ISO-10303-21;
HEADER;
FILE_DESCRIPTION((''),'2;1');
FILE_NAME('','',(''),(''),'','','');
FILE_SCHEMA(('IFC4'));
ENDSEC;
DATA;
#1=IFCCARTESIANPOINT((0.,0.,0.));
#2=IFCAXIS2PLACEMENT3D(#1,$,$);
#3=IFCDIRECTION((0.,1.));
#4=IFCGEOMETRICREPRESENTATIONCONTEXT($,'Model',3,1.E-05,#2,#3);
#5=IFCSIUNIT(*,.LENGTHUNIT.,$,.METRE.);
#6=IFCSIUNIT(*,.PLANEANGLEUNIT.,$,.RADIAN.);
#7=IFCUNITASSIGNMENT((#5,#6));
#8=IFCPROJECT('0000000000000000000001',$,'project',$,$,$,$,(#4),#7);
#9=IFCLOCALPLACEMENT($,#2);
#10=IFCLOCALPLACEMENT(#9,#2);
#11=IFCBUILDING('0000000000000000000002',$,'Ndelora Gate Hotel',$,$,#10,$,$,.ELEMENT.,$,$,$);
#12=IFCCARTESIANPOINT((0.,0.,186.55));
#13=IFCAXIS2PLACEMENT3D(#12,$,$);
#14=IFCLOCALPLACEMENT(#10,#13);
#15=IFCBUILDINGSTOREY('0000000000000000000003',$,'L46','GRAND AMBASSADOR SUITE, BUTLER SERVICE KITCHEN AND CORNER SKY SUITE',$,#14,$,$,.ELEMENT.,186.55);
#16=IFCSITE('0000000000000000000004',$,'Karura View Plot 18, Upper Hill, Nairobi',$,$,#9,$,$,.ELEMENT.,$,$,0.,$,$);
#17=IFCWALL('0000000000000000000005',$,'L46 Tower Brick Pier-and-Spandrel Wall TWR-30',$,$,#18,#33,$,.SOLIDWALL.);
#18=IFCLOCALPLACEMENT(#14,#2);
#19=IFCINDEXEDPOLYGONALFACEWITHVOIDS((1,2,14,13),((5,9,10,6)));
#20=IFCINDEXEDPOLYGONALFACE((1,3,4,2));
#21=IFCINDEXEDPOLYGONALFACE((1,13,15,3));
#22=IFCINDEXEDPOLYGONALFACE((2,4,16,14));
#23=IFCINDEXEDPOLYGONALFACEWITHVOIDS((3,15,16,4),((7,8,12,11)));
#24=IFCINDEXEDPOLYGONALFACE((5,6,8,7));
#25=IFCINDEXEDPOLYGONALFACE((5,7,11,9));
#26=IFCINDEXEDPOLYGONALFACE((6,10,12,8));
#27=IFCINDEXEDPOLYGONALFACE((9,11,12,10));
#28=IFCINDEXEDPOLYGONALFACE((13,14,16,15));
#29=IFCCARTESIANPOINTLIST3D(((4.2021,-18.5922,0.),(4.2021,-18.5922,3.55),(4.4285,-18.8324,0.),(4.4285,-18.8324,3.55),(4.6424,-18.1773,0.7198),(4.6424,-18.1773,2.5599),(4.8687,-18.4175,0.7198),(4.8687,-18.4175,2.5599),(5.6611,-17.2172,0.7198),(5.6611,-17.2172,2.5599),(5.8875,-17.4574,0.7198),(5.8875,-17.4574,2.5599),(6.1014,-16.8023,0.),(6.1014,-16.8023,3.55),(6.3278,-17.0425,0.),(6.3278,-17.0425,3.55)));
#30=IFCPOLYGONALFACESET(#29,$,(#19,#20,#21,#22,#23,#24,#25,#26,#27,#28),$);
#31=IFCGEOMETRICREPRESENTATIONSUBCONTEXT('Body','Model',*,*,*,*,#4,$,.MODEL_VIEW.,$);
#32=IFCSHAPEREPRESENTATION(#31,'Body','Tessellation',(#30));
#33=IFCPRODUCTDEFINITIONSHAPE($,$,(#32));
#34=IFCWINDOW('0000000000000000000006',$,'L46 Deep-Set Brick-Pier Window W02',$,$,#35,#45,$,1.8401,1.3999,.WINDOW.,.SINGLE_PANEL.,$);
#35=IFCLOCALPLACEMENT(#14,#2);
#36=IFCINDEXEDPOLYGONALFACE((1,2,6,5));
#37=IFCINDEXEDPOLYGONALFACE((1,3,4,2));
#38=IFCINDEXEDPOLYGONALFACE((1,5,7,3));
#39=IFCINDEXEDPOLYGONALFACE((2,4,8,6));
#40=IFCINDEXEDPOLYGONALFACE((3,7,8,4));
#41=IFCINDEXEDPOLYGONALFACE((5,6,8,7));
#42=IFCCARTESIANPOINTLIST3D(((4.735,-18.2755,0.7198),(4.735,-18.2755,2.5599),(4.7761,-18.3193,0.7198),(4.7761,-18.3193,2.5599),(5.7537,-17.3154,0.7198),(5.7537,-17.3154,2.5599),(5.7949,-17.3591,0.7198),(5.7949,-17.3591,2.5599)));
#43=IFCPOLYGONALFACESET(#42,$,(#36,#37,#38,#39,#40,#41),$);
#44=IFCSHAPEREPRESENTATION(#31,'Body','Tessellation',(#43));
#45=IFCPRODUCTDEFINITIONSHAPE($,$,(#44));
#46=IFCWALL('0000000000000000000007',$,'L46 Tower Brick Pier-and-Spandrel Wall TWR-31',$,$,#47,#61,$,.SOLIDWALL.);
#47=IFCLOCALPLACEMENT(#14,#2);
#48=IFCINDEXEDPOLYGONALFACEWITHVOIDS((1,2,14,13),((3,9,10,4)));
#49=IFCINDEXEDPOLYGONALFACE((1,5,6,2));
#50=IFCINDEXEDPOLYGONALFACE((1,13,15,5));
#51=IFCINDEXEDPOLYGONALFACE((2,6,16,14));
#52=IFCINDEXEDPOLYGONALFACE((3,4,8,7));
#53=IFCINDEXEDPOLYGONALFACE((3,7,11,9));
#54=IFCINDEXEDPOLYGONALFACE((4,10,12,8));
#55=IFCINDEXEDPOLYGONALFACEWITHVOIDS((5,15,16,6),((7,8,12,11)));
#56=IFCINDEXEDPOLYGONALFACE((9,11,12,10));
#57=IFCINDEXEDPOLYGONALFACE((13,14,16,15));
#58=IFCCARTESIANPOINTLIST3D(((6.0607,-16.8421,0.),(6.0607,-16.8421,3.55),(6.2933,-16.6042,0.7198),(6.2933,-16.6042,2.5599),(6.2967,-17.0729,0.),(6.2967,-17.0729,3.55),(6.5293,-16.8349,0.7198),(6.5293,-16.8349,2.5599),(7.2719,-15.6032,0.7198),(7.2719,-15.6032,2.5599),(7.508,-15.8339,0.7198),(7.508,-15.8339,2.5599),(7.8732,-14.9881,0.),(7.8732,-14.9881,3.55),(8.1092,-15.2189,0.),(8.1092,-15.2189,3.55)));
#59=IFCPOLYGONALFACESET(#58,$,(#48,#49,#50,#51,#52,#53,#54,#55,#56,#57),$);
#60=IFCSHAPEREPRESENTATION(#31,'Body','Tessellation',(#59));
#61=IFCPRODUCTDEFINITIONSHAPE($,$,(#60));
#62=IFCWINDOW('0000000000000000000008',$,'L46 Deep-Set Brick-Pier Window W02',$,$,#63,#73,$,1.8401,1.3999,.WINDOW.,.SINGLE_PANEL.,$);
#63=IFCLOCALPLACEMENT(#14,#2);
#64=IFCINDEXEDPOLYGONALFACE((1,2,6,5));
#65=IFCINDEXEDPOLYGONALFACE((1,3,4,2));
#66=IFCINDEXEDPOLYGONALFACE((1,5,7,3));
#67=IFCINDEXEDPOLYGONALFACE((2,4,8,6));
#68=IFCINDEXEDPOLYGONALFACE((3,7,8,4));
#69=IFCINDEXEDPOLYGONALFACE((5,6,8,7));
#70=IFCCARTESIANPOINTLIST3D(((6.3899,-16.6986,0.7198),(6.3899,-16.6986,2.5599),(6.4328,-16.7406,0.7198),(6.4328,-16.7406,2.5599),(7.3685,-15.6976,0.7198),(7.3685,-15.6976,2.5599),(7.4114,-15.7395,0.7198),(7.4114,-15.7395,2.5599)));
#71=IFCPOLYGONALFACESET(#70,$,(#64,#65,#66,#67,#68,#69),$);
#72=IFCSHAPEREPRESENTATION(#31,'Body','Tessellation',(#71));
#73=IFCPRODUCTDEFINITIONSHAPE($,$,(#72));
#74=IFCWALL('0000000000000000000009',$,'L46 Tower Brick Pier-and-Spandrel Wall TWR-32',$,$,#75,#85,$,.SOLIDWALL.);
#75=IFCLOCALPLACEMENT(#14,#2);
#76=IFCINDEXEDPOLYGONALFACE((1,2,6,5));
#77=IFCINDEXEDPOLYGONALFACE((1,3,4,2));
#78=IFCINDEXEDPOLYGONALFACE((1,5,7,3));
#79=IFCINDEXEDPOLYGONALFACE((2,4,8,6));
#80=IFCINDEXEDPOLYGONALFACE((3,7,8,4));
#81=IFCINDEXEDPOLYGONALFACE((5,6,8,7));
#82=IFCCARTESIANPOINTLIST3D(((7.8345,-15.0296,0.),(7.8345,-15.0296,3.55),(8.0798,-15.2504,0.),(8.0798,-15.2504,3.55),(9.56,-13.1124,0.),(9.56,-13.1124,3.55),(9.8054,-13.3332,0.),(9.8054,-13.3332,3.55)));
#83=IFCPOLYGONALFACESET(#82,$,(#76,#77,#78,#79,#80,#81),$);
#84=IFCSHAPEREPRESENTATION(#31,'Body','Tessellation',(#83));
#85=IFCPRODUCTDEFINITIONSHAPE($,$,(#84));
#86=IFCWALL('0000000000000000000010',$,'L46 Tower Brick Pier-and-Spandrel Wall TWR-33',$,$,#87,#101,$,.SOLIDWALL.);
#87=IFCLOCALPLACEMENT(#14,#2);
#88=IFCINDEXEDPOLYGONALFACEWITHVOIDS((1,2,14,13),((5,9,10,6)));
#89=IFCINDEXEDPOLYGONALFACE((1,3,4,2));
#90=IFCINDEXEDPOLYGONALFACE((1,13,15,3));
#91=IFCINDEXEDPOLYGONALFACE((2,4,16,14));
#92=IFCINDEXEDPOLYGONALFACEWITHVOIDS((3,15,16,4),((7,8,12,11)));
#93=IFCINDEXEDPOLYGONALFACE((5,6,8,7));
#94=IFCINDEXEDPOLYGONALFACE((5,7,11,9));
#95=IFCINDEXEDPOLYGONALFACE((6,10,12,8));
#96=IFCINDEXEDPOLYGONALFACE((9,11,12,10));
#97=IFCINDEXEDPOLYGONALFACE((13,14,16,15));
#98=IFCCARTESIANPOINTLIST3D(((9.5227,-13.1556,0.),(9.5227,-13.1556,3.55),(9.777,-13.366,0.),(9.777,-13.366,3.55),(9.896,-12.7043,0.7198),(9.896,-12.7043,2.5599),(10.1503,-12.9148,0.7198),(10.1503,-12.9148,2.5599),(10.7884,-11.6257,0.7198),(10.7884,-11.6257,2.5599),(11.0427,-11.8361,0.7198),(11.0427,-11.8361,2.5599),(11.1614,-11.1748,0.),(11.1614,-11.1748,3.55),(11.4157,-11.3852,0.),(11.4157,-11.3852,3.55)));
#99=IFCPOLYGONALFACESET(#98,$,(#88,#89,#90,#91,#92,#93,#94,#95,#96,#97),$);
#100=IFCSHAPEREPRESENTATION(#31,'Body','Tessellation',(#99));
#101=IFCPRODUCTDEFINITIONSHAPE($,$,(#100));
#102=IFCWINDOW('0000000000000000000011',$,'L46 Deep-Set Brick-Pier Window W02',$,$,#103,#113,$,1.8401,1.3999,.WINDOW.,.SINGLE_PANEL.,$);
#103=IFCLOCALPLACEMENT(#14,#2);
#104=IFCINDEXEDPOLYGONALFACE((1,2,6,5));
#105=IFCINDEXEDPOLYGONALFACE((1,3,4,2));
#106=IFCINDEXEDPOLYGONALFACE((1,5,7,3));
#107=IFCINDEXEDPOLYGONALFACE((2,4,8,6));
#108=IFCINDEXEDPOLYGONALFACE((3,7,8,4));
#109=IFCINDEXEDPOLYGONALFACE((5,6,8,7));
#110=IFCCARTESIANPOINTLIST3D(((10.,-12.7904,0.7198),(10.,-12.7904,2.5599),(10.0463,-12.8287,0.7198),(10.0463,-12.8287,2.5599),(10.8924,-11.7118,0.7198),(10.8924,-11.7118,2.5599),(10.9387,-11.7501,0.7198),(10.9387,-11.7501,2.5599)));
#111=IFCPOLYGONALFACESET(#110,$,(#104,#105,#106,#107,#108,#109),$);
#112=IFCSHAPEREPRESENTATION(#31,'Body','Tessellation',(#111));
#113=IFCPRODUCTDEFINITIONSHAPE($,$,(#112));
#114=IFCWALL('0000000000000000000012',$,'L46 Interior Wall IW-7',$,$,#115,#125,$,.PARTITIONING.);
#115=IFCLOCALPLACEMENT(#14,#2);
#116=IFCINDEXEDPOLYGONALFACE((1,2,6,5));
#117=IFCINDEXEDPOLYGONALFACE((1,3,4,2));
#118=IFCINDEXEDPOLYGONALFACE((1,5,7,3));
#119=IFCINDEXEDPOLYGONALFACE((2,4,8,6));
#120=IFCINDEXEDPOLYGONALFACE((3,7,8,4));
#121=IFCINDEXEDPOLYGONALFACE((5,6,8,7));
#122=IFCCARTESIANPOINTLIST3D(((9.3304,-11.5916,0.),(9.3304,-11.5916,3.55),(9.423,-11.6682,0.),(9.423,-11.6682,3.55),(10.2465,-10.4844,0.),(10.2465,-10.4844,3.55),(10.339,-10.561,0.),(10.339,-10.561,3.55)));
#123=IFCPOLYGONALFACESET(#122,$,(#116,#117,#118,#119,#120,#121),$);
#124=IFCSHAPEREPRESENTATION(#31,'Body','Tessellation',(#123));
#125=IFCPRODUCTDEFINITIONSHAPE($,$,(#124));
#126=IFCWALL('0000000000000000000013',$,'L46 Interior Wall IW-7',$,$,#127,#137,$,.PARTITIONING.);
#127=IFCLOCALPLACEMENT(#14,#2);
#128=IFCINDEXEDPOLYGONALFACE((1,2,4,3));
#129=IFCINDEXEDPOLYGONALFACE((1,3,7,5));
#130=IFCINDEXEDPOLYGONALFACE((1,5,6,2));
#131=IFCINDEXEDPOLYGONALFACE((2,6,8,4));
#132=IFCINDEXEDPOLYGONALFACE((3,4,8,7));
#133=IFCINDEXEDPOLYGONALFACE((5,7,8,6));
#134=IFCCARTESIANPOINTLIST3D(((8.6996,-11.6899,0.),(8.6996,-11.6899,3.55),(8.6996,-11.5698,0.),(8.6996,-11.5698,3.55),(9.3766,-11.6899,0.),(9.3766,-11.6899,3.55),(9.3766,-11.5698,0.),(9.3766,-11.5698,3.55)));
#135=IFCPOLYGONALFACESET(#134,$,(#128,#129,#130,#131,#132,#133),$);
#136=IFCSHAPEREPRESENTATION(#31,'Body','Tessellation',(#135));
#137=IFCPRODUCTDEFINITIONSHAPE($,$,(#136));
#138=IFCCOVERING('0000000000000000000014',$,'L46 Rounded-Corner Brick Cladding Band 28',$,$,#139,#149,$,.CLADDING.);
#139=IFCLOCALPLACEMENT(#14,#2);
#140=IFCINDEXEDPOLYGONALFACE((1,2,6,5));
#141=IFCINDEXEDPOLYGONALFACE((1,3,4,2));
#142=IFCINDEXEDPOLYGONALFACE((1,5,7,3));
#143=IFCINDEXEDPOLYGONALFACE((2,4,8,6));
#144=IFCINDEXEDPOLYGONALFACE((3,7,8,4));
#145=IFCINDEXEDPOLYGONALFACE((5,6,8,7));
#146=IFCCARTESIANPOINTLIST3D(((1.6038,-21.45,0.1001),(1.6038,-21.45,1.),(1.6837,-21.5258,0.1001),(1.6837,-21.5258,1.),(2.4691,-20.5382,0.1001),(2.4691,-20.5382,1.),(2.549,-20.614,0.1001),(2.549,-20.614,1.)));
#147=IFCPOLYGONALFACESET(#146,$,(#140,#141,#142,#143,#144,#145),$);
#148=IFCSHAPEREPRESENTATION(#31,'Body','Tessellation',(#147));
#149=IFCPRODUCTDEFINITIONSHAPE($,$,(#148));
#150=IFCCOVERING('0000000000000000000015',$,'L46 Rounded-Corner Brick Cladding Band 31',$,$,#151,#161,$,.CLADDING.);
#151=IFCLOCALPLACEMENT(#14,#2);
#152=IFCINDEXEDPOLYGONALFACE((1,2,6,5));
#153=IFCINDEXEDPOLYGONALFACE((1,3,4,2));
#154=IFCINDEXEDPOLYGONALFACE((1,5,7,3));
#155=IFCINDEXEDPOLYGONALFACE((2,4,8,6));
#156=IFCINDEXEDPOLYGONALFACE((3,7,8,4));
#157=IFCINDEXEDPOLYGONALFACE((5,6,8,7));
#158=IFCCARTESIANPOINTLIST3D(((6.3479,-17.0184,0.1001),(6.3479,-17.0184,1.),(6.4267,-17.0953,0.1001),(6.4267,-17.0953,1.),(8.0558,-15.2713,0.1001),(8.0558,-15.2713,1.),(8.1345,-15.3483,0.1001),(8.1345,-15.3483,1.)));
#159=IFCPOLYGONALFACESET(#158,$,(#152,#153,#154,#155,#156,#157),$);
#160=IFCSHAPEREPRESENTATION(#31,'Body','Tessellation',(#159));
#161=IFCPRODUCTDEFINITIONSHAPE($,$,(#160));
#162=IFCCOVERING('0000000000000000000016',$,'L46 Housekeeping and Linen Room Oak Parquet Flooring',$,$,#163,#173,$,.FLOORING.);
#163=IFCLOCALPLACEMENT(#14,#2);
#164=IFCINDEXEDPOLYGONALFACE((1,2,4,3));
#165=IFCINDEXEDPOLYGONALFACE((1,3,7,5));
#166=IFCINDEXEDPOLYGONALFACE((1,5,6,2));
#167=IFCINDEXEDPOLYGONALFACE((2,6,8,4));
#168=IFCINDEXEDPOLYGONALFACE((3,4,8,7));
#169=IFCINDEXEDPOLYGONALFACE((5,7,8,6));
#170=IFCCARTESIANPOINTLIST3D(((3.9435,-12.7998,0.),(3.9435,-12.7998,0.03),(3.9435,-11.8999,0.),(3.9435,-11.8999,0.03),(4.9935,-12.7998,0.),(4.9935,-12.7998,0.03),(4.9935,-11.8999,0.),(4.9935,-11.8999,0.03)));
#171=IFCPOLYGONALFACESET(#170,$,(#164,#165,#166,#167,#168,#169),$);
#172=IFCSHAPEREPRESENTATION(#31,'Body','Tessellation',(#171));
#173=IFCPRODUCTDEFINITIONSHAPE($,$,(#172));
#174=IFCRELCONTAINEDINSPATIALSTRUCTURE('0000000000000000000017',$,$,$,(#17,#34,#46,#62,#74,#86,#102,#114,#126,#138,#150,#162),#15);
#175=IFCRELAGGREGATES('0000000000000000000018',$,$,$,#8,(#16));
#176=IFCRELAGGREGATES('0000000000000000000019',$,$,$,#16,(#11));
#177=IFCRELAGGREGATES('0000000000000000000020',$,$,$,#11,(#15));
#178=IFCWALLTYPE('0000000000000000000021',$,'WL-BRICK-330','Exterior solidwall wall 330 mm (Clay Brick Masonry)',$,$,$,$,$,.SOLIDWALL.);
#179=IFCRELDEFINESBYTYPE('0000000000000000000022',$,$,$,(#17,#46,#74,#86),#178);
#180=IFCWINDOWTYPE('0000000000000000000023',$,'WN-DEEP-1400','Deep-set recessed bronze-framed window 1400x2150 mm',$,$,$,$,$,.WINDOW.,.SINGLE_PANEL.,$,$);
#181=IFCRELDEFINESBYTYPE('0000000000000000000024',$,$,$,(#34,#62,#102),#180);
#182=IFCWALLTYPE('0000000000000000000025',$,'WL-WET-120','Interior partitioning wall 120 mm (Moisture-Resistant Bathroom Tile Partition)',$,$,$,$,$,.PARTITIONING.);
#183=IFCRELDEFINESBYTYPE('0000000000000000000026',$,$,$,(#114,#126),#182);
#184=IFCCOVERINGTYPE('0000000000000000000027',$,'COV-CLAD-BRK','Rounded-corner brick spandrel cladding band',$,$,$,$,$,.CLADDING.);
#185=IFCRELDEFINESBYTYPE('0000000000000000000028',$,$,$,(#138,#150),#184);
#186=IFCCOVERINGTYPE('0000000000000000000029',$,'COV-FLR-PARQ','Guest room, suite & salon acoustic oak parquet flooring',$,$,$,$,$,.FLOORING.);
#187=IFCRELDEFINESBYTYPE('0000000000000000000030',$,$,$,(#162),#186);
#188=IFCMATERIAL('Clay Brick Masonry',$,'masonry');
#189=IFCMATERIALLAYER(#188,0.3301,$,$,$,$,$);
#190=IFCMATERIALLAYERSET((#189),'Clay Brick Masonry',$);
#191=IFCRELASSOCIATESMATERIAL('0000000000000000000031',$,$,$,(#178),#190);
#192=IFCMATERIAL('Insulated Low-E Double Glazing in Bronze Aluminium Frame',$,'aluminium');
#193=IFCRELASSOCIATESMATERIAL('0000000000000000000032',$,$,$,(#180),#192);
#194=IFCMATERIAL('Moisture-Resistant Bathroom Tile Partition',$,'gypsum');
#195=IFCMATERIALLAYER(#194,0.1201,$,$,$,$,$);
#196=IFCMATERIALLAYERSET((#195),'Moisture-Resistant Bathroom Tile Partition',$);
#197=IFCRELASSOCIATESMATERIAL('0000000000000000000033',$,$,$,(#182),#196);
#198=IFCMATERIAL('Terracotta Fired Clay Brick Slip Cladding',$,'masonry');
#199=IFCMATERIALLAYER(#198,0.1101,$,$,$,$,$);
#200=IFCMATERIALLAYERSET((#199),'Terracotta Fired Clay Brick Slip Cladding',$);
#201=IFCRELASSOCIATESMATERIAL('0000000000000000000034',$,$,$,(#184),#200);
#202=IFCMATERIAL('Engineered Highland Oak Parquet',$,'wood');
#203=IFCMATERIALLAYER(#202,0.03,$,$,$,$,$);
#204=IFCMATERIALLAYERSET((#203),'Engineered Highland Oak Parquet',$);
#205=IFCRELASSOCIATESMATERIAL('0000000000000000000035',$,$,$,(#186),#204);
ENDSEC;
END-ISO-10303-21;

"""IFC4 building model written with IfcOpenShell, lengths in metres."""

from ifc_helpers import new_model, si_unit, direction, frame, frame_2d, origin, origin_2d, place, context, subcontext, project, spatial, rectangle, extrude, material, layer, layer_set, type_object, element, fill, save


model = new_model("IFC4")

# Units and contexts
model_context = context("Model", 3, precision=1e-05, world=origin(), true_north=direction((0.0, 1.0)))
body_context = subcontext(model_context, "Body", "Model", "MODEL_VIEW")
ifc_project = project(units=[si_unit("LENGTHUNIT", "METRE"), si_unit("PLANEANGLEUNIT", "RADIAN")], contexts=[model_context])

# Site, building, storey
site_placement = place(None, origin())
site = spatial("IfcSite", under=ifc_project, at=site_placement, Name="Karura View Plot 18, Upper Hill, Nairobi", CompositionType="ELEMENT", RefElevation=0.0)
building_placement = place(site_placement, origin())
building = spatial("IfcBuilding", under=site, at=building_placement, Name="Ndelora Gate Hotel", CompositionType="ELEMENT")
storey_placement = place(building_placement, frame((0.0, 0.0, 186.55)))
storey = spatial("IfcBuildingStorey", under=building, at=storey_placement, Name="L46", Description="GRAND AMBASSADOR SUITE, BUTLER SERVICE KITCHEN AND CORNER SKY SUITE", CompositionType="ELEMENT", Elevation=186.55)

# Shared definitions
ifc_material_1 = material(Name="Clay Brick Masonry", Category="masonry")
ifc_layer_1 = layer(ifc_material_1, 0.3301)
ifc_layer_set_1 = layer_set([ifc_layer_1], Name="Clay Brick Masonry")
wall_type_1 = type_object("IfcWallType", Name="WL-BRICK-330", Description="Exterior solidwall wall 330 mm (Clay Brick Masonry)", PredefinedType="SOLIDWALL", material=ifc_layer_set_1)

# Walls, openings, windows
ifc_material_2 = material(Name="Insulated Low-E Double Glazing in Bronze Aluminium Frame", Category="aluminium")
window_type = type_object("IfcWindowType", Name="WN-DEEP-1400", Description="Deep-set recessed bronze-framed window 1400x2150 mm", PartitioningType="SINGLE_PANEL", PredefinedType="WINDOW", material=ifc_material_2)
wall_1_placement = place(storey_placement, frame((6.2146, -16.9224, 0.0), z_axis=(0.0, 0.0, 1.0), x_axis=(-0.727749, -0.685843, 0.0)))
wall_1 = element("IfcWall", 1, at=wall_1_placement, inside=storey, type_object=wall_type_1, Name="L46 Tower Brick Pier-and-Spandrel Wall TWR-30", PredefinedType="SOLIDWALL", context=body_context, shape_type="SweptSolid", body=[
    extrude(rectangle(XDim=2.6099, YDim=0.3301, at=frame_2d((1.3049, 0.0))), origin(), (0.0, 0.0, 1.0), 3.55),
])
opening_1_placement = place(wall_1_placement, frame((0.605, 0.0, 0.72)))
opening_1 = element("IfcOpeningElement", 2, at=opening_1_placement, cuts=wall_1, PredefinedType="OPENING", context=body_context, shape_type="SweptSolid", body=[
    extrude(rectangle(XDim=1.3999, YDim=1.8401, at=frame_2d((0.7, 0.9199))), frame((0.0, 0.175, 0.0), z_axis=(0.0, -1.0, 0.0), x_axis=(1.0, 0.0, 0.0)), (0.0, 0.0, 1.0), 0.3501),
])
window_1_placement = place(opening_1_placement, origin())
window_1 = element("IfcWindow", 3, at=window_1_placement, inside=storey, type_object=window_type, Name="L46 Deep-Set Brick-Pier Window W02", OverallHeight=1.8401, OverallWidth=1.3999, PartitioningType="SINGLE_PANEL", PredefinedType="WINDOW", context=body_context, shape_type="SweptSolid", body=[
    extrude(rectangle(XDim=1.3999, YDim=1.8401, at=frame_2d((0.7, 0.9199))), frame((0.0, 0.03, 0.0), z_axis=(0.0, -1.0, 0.0), x_axis=(1.0, 0.0, 0.0)), (0.0, 0.0, 1.0), 0.0601),
])
fill(opening_1, window_1)
wall_2_placement = place(storey_placement, frame((7.9912, -15.1035, 0.0), z_axis=(0.0, 0.0, 1.0), x_axis=(-0.699058, -0.715065, 0.0)))
wall_2 = element("IfcWall", 4, at=wall_2_placement, inside=storey, type_object=wall_type_1, Name="L46 Tower Brick Pier-and-Spandrel Wall TWR-31", PredefinedType="SOLIDWALL", context=body_context, shape_type="SweptSolid", body=[
    extrude(rectangle(XDim=2.5928, YDim=0.3301, at=frame_2d((1.2964, 0.0))), origin(), (0.0, 0.0, 1.0), 3.55),
])
opening_2_placement = place(wall_2_placement, frame((0.8601, 0.0, 0.72)))
opening_2 = element("IfcOpeningElement", 5, at=opening_2_placement, cuts=wall_2, PredefinedType="OPENING", context=body_context, shape_type="SweptSolid", body=[
    extrude(rectangle(XDim=1.3999, YDim=1.8401, at=frame_2d((0.7, 0.9199))), frame((0.0, 0.175, 0.0), z_axis=(0.0, -1.0, 0.0), x_axis=(1.0, 0.0, 0.0)), (0.0, 0.0, 1.0), 0.3501),
])
window_2_placement = place(opening_2_placement, origin())
window_2 = element("IfcWindow", 6, at=window_2_placement, inside=storey, type_object=window_type, Name="L46 Deep-Set Brick-Pier Window W02", OverallHeight=1.8401, OverallWidth=1.3999, PartitioningType="SINGLE_PANEL", PredefinedType="WINDOW", context=body_context, shape_type="SweptSolid", body=[
    extrude(rectangle(XDim=1.3999, YDim=1.8401, at=frame_2d((0.7, 0.9199))), frame((0.0, 0.03, 0.0), z_axis=(0.0, -1.0, 0.0), x_axis=(1.0, 0.0, 0.0)), (0.0, 0.0, 1.0), 0.0601),
])
fill(opening_2, window_2)

# Wall
wall_3_placement = place(storey_placement, frame((9.6826, -13.2229, 0.0), z_axis=(0.0, 0.0, 1.0), x_axis=(-0.66898, -0.74328, 0.0)))
element("IfcWall", 7, at=wall_3_placement, inside=storey, type_object=wall_type_1, Name="L46 Tower Brick Pier-and-Spandrel Wall TWR-32", PredefinedType="SOLIDWALL", context=body_context, shape_type="SweptSolid", body=[
    extrude(rectangle(XDim=2.5793, YDim=0.3301, at=frame_2d((1.2896, 0.0))), origin(), (0.0, 0.0, 1.0), 3.55),
])

# Wall, opening, window
wall_4_placement = place(storey_placement, frame((11.2886, -11.28, 0.0), z_axis=(0.0, 0.0, 1.0), x_axis=(-0.637443, -0.770497, 0.0)))
wall_4 = element("IfcWall", 8, at=wall_4_placement, inside=storey, type_object=wall_type_1, Name="L46 Tower Brick Pier-and-Spandrel Wall TWR-33", PredefinedType="SOLIDWALL", context=body_context, shape_type="SweptSolid", body=[
    extrude(rectangle(XDim=2.5708, YDim=0.3301, at=frame_2d((1.2854, 0.0))), origin(), (0.0, 0.0, 1.0), 3.55),
])
opening_3_placement = place(wall_4_placement, frame((0.5852, 0.0, 0.72)))
opening_3 = element("IfcOpeningElement", 9, at=opening_3_placement, cuts=wall_4, PredefinedType="OPENING", context=body_context, shape_type="SweptSolid", body=[
    extrude(rectangle(XDim=1.3999, YDim=1.8401, at=frame_2d((0.7, 0.9199))), frame((0.0, 0.175, 0.0), z_axis=(0.0, -1.0, 0.0), x_axis=(1.0, 0.0, 0.0)), (0.0, 0.0, 1.0), 0.3501),
])
window_3_placement = place(opening_3_placement, origin())
window_3 = element("IfcWindow", 10, at=window_3_placement, inside=storey, type_object=window_type, Name="L46 Deep-Set Brick-Pier Window W02", OverallHeight=1.8401, OverallWidth=1.3999, PartitioningType="SINGLE_PANEL", PredefinedType="WINDOW", context=body_context, shape_type="SweptSolid", body=[
    extrude(rectangle(XDim=1.3999, YDim=1.8401, at=frame_2d((0.7, 0.9199))), frame((0.0, 0.03, 0.0), z_axis=(0.0, -1.0, 0.0), x_axis=(1.0, 0.0, 0.0)), (0.0, 0.0, 1.0), 0.0601),
])
fill(opening_3, window_3)

# Walls
ifc_material_3 = material(Name="Moisture-Resistant Bathroom Tile Partition", Category="gypsum")
ifc_layer_2 = layer(ifc_material_3, 0.1201)
ifc_layer_set_2 = layer_set([ifc_layer_2], Name="Moisture-Resistant Bathroom Tile Partition")
wall_type_2 = type_object("IfcWallType", Name="WL-WET-120", Description="Interior partitioning wall 120 mm (Moisture-Resistant Bathroom Tile Partition)", PredefinedType="PARTITIONING", material=ifc_layer_set_2)
wall_5_placement = place(storey_placement, frame((9.3767, -11.6299, 0.0), z_axis=(0.0, 0.0, 1.0), x_axis=(0.637456, 0.770486, 0.0)))
element("IfcWall", 11, at=wall_5_placement, inside=storey, type_object=wall_type_2, Name="L46 Interior Wall IW-7", PredefinedType="PARTITIONING", context=body_context, shape_type="SweptSolid", body=[
    extrude(rectangle(XDim=1.437, YDim=0.1201, at=frame_2d((0.7185, 0.0))), origin(), (0.0, 0.0, 1.0), 3.55),
])
wall_6_placement = place(storey_placement, frame((8.6997, -11.6299, 0.0), z_axis=(0.0, 0.0, 1.0), x_axis=(1.0, 0.0, 0.0)))
element("IfcWall", 12, at=wall_6_placement, inside=storey, type_object=wall_type_2, Name="L46 Interior Wall IW-7", PredefinedType="PARTITIONING", context=body_context, shape_type="SweptSolid", body=[
    extrude(rectangle(XDim=0.677, YDim=0.1201, at=frame_2d((0.3384, 0.0))), origin(), (0.0, 0.0, 1.0), 3.55),
])

# Coverings
ifc_material_4 = material(Name="Terracotta Fired Clay Brick Slip Cladding", Category="masonry")
ifc_layer_3 = layer(ifc_material_4, 0.1101)
ifc_layer_set_3 = layer_set([ifc_layer_3], Name="Terracotta Fired Clay Brick Slip Cladding")
covering_type_1 = type_object("IfcCoveringType", Name="COV-CLAD-BRK", Description="Rounded-corner brick spandrel cladding band", PredefinedType="CLADDING", material=ifc_layer_set_3)
covering_1_placement = place(storey_placement, frame((2.0764, -21.032, 0.1001), z_axis=(0.0, 0.0, 1.0), x_axis=(0.688355, 0.725374, 0.0)))
element("IfcCovering", 13, at=covering_1_placement, inside=storey, type_object=covering_type_1, Name="L46 Rounded-Corner Brick Cladding Band 28", PredefinedType="CLADDING", context=body_context, shape_type="SweptSolid", body=[
    extrude(rectangle(XDim=1.2571, YDim=0.1101, at=origin_2d()), origin(), (0.0, 0.0, 1.0), 0.8999),
])
covering_2_placement = place(storey_placement, frame((7.2412, -16.1833, 0.1001), z_axis=(0.0, 0.0, 1.0), x_axis=(0.69904, 0.715083, 0.0)))
element("IfcCovering", 14, at=covering_2_placement, inside=storey, type_object=covering_type_1, Name="L46 Rounded-Corner Brick Cladding Band 31", PredefinedType="CLADDING", context=body_context, shape_type="SweptSolid", body=[
    extrude(rectangle(XDim=2.4431, YDim=0.1101, at=origin_2d()), origin(), (0.0, 0.0, 1.0), 0.8999),
])
ifc_material_5 = material(Name="Engineered Highland Oak Parquet", Category="wood")
ifc_layer_4 = layer(ifc_material_5, 0.03)
ifc_layer_set_4 = layer_set([ifc_layer_4], Name="Engineered Highland Oak Parquet")
covering_type_2 = type_object("IfcCoveringType", Name="COV-FLR-PARQ", Description="Guest room, suite & salon acoustic oak parquet flooring", PredefinedType="FLOORING", material=ifc_layer_set_4)
covering_3_placement = place(storey_placement, frame((4.4685, -12.3499, 0.0), z_axis=(0.0, 0.0, 1.0), x_axis=(1.0, 0.0, 0.0)))
element("IfcCovering", 15, at=covering_3_placement, inside=storey, type_object=covering_type_2, Name="L46 Housekeeping and Linen Room Oak Parquet Flooring", PredefinedType="FLOORING", context=body_context, shape_type="SweptSolid", body=[
    extrude(rectangle(XDim=1.05, YDim=0.8999, at=origin_2d()), origin(), (0.0, 0.0, 1.0), 0.03),
])

save(model, "model.ifc")
